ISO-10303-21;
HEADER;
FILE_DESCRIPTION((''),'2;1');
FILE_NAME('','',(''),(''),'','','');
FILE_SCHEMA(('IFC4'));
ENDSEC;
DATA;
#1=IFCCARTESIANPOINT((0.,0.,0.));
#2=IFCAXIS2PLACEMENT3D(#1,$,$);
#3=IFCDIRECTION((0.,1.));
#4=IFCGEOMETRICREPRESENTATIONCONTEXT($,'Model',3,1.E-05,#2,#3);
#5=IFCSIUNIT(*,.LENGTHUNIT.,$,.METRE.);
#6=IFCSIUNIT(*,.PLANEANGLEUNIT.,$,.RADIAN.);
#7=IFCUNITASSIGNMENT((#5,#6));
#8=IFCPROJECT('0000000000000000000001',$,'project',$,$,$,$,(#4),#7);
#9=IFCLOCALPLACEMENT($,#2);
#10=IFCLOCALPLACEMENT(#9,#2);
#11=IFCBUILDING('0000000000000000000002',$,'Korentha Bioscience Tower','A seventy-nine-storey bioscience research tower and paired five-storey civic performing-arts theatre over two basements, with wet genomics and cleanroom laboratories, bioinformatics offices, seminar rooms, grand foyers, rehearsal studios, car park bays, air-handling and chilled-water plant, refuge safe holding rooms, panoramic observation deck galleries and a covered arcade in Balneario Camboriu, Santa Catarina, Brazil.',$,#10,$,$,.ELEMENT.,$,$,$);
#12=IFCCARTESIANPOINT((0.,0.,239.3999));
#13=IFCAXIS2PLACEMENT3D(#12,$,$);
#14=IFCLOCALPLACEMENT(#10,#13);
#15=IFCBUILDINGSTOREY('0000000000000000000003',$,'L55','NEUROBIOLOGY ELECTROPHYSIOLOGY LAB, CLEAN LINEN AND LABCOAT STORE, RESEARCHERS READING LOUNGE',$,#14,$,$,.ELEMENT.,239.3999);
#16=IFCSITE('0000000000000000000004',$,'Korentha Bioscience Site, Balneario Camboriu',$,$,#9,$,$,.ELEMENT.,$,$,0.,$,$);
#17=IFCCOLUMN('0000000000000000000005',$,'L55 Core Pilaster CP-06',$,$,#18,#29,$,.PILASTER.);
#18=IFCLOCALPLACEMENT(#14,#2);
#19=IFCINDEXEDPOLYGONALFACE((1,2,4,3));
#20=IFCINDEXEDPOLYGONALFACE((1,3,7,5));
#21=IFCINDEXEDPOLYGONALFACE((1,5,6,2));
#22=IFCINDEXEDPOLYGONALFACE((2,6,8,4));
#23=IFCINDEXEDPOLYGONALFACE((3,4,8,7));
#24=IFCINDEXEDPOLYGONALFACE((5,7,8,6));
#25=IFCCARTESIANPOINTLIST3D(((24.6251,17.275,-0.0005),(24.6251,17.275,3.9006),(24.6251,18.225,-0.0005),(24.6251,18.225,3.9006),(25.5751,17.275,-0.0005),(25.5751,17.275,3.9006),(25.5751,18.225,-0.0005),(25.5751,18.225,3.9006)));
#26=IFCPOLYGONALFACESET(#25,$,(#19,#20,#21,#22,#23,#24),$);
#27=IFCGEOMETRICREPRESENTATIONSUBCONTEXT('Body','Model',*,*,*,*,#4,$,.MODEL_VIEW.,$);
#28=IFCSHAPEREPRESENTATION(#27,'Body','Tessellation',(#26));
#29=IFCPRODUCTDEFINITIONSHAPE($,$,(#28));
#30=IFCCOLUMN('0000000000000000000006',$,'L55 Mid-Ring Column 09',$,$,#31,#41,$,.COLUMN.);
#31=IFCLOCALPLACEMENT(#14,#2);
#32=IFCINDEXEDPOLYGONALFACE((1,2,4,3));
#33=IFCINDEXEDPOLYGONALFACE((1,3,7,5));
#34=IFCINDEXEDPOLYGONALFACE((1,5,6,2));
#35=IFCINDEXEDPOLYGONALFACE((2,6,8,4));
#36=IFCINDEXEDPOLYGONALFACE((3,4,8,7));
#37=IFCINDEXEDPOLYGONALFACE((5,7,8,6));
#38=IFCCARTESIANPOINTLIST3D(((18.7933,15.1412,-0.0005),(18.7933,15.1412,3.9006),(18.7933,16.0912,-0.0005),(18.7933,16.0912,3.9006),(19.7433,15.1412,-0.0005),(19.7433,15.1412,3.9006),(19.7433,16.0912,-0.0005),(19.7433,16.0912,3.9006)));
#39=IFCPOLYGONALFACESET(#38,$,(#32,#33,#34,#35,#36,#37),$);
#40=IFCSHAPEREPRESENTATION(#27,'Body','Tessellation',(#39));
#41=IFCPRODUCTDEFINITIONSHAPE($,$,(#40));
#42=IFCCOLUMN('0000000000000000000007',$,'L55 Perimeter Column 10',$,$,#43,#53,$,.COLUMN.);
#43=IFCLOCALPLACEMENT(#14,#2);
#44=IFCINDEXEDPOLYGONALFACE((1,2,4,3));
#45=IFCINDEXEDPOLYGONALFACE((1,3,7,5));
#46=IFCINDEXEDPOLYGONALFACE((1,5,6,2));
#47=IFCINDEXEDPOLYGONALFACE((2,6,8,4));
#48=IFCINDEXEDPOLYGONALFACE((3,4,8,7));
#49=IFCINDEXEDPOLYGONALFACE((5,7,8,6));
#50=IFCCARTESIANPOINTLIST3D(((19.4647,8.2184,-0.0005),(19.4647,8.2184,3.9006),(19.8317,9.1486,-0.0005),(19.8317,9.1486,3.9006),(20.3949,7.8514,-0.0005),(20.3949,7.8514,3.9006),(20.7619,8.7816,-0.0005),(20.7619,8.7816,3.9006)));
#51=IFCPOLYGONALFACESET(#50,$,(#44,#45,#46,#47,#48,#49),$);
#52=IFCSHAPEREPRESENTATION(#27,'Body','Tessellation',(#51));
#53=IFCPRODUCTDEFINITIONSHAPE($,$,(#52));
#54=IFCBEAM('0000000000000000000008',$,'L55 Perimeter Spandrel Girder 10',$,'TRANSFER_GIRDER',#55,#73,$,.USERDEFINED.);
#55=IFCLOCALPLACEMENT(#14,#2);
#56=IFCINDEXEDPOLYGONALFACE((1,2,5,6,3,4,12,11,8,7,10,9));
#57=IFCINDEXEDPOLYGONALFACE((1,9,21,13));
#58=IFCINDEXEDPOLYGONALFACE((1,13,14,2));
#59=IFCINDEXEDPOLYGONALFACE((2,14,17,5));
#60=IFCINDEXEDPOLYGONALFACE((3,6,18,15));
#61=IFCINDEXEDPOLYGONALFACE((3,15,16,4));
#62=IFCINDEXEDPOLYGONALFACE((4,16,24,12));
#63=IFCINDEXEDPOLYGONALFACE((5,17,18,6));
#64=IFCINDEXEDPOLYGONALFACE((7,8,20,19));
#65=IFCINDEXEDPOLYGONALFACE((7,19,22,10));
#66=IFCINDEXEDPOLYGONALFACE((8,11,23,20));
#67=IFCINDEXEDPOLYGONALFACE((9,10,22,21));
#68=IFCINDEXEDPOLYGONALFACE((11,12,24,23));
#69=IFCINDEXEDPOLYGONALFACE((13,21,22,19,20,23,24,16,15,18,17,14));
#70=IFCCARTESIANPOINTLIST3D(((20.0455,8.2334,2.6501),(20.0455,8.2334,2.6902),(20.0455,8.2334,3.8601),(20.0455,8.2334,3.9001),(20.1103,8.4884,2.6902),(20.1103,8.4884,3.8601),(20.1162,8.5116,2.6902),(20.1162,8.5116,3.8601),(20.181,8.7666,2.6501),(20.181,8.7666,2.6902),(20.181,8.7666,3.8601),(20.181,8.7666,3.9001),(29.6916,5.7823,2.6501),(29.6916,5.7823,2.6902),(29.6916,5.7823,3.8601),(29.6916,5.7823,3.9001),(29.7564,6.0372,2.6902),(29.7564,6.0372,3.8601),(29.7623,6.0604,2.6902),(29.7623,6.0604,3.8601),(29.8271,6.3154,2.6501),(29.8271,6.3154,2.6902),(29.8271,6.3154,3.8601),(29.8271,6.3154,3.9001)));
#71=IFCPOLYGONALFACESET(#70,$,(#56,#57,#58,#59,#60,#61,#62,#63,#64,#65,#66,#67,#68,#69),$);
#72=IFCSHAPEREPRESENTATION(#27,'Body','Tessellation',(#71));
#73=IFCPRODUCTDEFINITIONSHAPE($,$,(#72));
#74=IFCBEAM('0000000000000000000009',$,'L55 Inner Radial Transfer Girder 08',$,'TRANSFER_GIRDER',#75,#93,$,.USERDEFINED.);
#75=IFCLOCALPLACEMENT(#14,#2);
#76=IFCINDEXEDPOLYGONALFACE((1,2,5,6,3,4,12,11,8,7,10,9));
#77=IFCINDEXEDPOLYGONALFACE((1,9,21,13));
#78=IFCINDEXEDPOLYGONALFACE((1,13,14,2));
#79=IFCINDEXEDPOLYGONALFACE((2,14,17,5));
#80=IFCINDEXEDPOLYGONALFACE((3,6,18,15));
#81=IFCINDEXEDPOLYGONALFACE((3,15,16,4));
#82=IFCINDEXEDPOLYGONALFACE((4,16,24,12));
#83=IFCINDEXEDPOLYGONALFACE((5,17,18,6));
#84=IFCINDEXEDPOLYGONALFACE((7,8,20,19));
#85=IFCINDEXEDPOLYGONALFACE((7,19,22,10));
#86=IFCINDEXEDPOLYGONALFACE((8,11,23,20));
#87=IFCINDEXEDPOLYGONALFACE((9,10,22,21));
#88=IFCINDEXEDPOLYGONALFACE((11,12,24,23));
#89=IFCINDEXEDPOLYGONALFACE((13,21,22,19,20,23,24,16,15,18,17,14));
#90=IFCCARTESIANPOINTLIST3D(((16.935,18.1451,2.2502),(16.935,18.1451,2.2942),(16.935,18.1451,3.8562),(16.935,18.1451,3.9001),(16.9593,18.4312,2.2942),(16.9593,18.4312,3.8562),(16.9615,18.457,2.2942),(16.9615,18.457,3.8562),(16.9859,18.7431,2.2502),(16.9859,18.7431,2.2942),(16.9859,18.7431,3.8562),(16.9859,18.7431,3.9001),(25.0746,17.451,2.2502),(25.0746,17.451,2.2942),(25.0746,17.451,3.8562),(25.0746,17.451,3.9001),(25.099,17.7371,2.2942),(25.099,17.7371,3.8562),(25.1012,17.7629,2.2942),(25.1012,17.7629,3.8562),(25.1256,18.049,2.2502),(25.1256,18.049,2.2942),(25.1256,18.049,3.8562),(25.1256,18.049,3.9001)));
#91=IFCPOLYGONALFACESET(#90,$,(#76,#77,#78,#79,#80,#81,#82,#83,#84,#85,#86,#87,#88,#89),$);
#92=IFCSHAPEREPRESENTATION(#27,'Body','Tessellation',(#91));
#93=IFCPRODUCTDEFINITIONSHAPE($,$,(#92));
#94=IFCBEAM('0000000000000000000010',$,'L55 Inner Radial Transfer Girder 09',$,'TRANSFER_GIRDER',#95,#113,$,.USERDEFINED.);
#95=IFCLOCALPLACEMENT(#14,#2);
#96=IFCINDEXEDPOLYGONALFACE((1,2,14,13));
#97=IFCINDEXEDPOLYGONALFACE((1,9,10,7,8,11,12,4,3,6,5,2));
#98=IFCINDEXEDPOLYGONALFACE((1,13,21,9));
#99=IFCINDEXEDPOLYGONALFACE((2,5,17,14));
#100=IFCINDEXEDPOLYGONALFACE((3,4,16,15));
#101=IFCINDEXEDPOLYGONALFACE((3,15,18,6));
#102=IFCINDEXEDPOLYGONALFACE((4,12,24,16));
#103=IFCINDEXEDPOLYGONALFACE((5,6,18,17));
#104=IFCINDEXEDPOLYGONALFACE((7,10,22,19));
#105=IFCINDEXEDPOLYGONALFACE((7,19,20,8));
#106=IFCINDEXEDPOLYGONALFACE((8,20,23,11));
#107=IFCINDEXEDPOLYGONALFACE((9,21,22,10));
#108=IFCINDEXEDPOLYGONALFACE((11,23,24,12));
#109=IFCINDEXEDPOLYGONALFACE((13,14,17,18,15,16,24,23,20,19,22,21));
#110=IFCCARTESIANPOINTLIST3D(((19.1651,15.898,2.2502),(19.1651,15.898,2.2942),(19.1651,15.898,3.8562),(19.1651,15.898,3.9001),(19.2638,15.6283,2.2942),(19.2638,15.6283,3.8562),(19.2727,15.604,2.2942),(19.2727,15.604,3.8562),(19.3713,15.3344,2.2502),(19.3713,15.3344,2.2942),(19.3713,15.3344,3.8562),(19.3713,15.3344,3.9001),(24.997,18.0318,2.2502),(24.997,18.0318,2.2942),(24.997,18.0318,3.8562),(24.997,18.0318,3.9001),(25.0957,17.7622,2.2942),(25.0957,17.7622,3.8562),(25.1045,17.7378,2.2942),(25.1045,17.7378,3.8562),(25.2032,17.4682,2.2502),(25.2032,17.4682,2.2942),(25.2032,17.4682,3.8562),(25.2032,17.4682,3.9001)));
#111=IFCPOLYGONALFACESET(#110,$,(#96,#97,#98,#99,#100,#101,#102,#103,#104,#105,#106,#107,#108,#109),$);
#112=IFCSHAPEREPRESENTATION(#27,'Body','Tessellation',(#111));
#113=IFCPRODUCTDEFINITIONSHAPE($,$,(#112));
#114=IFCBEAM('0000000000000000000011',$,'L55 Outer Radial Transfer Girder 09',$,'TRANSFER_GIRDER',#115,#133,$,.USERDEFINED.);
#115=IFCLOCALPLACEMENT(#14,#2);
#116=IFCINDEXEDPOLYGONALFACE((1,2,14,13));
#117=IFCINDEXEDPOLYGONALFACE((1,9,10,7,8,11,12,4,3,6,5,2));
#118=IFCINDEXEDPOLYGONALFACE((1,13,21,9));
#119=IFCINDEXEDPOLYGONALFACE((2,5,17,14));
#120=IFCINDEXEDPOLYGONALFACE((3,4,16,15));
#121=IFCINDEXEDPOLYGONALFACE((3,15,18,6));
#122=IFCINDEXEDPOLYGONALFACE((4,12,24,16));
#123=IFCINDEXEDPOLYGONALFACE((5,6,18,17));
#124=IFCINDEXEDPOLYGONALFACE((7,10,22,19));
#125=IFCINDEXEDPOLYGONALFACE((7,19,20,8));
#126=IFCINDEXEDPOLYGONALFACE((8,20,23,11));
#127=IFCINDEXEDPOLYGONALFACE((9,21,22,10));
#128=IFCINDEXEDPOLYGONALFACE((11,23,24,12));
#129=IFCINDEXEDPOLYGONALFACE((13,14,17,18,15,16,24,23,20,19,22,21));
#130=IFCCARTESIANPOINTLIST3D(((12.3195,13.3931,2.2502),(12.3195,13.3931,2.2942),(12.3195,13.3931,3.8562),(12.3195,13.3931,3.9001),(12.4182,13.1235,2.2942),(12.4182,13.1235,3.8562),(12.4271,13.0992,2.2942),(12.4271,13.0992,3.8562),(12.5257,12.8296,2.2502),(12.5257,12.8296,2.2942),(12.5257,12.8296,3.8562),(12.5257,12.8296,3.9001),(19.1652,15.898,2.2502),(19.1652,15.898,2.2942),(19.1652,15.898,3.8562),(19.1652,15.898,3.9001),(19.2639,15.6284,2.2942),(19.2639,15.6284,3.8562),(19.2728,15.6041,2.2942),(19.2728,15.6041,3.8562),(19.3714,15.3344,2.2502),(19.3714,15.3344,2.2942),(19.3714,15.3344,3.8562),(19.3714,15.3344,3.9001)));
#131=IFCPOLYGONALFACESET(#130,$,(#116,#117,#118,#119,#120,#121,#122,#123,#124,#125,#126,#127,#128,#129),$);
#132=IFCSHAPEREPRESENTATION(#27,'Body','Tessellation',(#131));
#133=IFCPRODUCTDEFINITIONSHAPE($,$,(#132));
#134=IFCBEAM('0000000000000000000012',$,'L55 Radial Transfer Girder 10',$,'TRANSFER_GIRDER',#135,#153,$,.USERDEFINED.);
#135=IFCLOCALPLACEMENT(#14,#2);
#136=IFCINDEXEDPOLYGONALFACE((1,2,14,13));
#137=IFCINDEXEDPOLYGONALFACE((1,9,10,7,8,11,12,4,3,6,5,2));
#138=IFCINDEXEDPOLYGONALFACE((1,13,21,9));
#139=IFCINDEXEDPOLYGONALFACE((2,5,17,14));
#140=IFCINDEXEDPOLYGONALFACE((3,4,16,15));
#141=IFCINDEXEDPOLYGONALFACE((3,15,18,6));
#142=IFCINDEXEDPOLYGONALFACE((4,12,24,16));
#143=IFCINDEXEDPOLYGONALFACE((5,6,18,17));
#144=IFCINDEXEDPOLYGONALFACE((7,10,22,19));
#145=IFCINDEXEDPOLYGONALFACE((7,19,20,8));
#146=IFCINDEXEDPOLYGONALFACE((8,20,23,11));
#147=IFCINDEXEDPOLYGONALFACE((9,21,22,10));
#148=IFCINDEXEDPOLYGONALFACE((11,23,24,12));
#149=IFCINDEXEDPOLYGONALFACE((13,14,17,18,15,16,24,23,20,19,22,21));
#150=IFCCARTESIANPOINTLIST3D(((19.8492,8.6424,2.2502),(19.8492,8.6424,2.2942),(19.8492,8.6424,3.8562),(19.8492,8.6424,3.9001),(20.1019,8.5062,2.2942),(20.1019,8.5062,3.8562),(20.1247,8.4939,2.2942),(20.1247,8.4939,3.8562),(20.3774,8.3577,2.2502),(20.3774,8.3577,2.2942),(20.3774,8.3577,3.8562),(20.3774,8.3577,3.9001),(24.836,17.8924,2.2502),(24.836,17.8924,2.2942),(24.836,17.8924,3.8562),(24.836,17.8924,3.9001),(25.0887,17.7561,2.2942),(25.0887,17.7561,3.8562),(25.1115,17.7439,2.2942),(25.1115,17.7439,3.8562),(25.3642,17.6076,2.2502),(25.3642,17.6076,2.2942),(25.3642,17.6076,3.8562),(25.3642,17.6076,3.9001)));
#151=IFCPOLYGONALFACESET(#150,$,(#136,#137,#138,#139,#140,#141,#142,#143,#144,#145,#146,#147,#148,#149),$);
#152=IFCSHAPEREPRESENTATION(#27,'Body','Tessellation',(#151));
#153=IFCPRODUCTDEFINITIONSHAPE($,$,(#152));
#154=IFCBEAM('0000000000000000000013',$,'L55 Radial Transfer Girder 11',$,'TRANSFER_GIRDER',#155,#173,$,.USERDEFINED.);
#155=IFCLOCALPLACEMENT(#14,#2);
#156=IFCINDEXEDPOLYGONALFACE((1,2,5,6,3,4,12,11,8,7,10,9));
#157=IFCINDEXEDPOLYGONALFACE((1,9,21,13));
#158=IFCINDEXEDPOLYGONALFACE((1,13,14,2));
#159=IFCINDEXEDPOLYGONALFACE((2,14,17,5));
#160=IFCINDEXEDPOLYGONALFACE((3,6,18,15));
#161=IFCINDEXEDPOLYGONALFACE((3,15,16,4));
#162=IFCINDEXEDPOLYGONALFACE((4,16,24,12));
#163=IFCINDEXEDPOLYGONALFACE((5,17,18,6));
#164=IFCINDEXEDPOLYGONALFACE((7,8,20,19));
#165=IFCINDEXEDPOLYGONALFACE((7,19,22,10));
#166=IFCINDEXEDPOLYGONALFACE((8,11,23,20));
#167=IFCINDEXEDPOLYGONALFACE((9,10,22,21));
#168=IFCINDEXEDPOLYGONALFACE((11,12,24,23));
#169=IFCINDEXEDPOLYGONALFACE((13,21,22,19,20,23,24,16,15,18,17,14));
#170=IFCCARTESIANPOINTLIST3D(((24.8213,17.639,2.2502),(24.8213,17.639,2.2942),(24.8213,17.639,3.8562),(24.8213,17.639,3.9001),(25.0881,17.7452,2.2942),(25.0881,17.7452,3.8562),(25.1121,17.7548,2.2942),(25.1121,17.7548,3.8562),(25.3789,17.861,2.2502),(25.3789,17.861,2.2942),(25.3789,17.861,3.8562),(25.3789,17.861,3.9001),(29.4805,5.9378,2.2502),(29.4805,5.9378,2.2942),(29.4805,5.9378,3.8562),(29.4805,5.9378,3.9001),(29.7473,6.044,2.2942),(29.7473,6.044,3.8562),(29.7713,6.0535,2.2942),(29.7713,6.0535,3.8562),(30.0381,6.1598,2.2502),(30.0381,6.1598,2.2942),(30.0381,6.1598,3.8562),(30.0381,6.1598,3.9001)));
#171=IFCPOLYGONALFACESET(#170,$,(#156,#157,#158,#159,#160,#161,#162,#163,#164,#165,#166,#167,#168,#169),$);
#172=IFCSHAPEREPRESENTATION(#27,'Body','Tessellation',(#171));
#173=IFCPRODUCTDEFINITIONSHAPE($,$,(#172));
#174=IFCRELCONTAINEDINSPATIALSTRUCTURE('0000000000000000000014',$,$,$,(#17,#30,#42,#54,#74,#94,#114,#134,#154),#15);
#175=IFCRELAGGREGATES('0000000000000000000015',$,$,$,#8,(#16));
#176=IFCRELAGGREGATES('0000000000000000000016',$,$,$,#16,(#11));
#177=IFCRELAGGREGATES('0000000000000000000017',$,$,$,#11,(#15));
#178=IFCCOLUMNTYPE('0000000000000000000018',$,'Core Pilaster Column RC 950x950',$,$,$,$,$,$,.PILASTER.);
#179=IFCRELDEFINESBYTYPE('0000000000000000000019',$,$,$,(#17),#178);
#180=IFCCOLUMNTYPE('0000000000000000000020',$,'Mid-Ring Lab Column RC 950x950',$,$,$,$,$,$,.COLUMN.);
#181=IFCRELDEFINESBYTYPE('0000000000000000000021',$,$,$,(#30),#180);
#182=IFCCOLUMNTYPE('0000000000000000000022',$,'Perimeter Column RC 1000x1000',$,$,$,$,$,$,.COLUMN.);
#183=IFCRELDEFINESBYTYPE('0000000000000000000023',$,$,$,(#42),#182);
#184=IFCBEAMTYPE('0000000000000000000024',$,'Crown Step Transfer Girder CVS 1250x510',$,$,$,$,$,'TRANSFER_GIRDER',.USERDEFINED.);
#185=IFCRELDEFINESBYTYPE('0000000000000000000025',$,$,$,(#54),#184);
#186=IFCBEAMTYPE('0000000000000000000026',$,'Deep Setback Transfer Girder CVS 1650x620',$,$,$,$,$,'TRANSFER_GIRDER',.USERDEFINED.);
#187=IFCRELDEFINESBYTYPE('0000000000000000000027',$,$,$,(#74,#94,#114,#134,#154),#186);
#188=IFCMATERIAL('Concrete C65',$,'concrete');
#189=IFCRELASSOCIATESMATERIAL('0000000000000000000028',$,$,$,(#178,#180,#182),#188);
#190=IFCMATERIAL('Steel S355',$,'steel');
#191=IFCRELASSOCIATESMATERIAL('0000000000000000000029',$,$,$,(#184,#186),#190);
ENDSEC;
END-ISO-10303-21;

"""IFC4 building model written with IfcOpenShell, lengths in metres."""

from ifc_helpers import new_model, si_unit, direction, frame, origin, origin_2d, place, context, subcontext, project, spatial, rectangle, i_section, extrude, material, material_profile, profile_set, type_object, element, save


model = new_model("IFC4")

# Units and contexts
model_context = context("Model", 3, precision=1e-05, world=origin(), true_north=direction((0.0, 1.0)))
body_context = subcontext(model_context, "Body", "Model", "MODEL_VIEW")
ifc_project = project(units=[si_unit("LENGTHUNIT", "METRE"), si_unit("PLANEANGLEUNIT", "RADIAN")], contexts=[model_context])

# Site, building, storey
site_placement = place(None, origin())
site = spatial("IfcSite", under=ifc_project, at=site_placement, Name="Korentha Bioscience Site, Balneario Camboriu", CompositionType="ELEMENT", RefElevation=0.0)
building_placement = place(site_placement, origin())
building = spatial("IfcBuilding", under=site, at=building_placement, Name="Korentha Bioscience Tower", Description="A seventy-nine-storey bioscience research tower and paired five-storey civic performing-arts theatre over two basements, with wet genomics and cleanroom laboratories, bioinformatics offices, seminar rooms, grand foyers, rehearsal studios, car park bays, air-handling and chilled-water plant, refuge safe holding rooms, panoramic observation deck galleries and a covered arcade in Balneario Camboriu, Santa Catarina, Brazil.", CompositionType="ELEMENT")
storey_placement = place(building_placement, frame((0.0, 0.0, 239.3999)))
storey = spatial("IfcBuildingStorey", under=building, at=storey_placement, Name="L55", Description="NEUROBIOLOGY ELECTROPHYSIOLOGY LAB, CLEAN LINEN AND LABCOAT STORE, RESEARCHERS READING LOUNGE", CompositionType="ELEMENT", Elevation=239.3999)

# Columns
ifc_material_1 = material(Name="Concrete C65", Category="concrete")
ifc_material_profile_1 = material_profile(ifc_material_1, rectangle(XDim=0.95, YDim=0.95, at=origin_2d()), Name="Concrete C65")
ifc_profile_set_1 = profile_set([ifc_material_profile_1], Name="Concrete C65 (COL-CP09)")
column_type_1 = type_object("IfcColumnType", Name="Core Pilaster Column RC 950x950", PredefinedType="PILASTER", material=ifc_profile_set_1)
column_1_placement = place(storey_placement, frame((25.1001, 17.75, -0.0005), z_axis=(0.0, 0.0, 1.0), x_axis=(1.0, 0.0, 0.0)))
element("IfcColumn", 1, at=column_1_placement, inside=storey, type_object=column_type_1, Name="L55 Core Pilaster CP-06", PredefinedType="PILASTER", context=body_context, shape_type="SweptSolid", body=[
    extrude(rectangle(XDim=0.95, YDim=0.95, at=origin_2d()), origin(), (0.0, 0.0, 1.0), 3.9011),
])
ifc_material_profile_2 = material_profile(ifc_material_1, rectangle(XDim=0.95, YDim=0.95, at=origin_2d()), Name="Concrete C65")
ifc_profile_set_2 = profile_set([ifc_material_profile_2], Name="Concrete C65 (COL-MR09)")
column_type_2 = type_object("IfcColumnType", Name="Mid-Ring Lab Column RC 950x950", PredefinedType="COLUMN", material=ifc_profile_set_2)
column_2_placement = place(storey_placement, frame((19.2683, 15.6162, -0.0005), z_axis=(0.0, 0.0, 1.0), x_axis=(1.0, 0.0, 0.0)))
element("IfcColumn", 2, at=column_2_placement, inside=storey, type_object=column_type_2, Name="L55 Mid-Ring Column 09", PredefinedType="COLUMN", context=body_context, shape_type="SweptSolid", body=[
    extrude(rectangle(XDim=0.95, YDim=0.95, at=origin_2d()), origin(), (0.0, 0.0, 1.0), 3.9011),
])
ifc_material_profile_3 = material_profile(ifc_material_1, rectangle(XDim=1.0, YDim=1.0, at=origin_2d()), Name="Concrete C65")
ifc_profile_set_3 = profile_set([ifc_material_profile_3], Name="Concrete C65 (COL-P10)")
column_type_3 = type_object("IfcColumnType", Name="Perimeter Column RC 1000x1000", PredefinedType="COLUMN", material=ifc_profile_set_3)
column_3_placement = place(storey_placement, frame((20.1133, 8.5, -0.0005), z_axis=(0.0, 0.0, 1.0), x_axis=(-0.930226, 0.366988, 0.0)))
element("IfcColumn", 3, at=column_3_placement, inside=storey, type_object=column_type_3, Name="L55 Perimeter Column 10", PredefinedType="COLUMN", context=body_context, shape_type="SweptSolid", body=[
    extrude(rectangle(XDim=1.0, YDim=1.0, at=origin_2d()), origin(), (0.0, 0.0, 1.0), 3.9011),
])

# Beams
ifc_material_2 = material(Name="Steel S355", Category="steel")
ifc_material_profile_4 = material_profile(ifc_material_2, i_section(OverallWidth=0.55, OverallDepth=1.25, WebThickness=0.0239, FlangeThickness=0.04, at=origin_2d()), Name="Steel S355")
ifc_profile_set_4 = profile_set([ifc_material_profile_4], Name="Steel S355 (TG-03)")
beam_type_1 = type_object("IfcBeamType", Name="Crown Step Transfer Girder CVS 1250x510", ElementType="TRANSFER_GIRDER", PredefinedType="USERDEFINED", material=ifc_profile_set_4)
beam_1_placement = place(storey_placement, frame((20.1133, 8.5, 3.2751), z_axis=(0.969197, -0.246286, 0.0), x_axis=(0.246286, 0.969197, 0.0)))
element("IfcBeam", 4, at=beam_1_placement, inside=storey, type_object=beam_type_1, Name="L55 Perimeter Spandrel Girder 10", ObjectType="TRANSFER_GIRDER", PredefinedType="USERDEFINED", context=body_context, shape_type="SweptSolid", body=[
    extrude(i_section(OverallWidth=0.55, OverallDepth=1.25, WebThickness=0.0239, FlangeThickness=0.04, at=origin_2d()), origin(), (0.0, 0.0, 1.0), 9.9526),
])
ifc_material_profile_5 = material_profile(ifc_material_2, i_section(OverallWidth=0.6001, OverallDepth=1.6499, WebThickness=0.0259, FlangeThickness=0.0439, at=origin_2d()), Name="Steel S355")
ifc_profile_set_5 = profile_set([ifc_material_profile_5], Name="Steel S355 (TG-04)")
beam_type_2 = type_object("IfcBeamType", Name="Deep Setback Transfer Girder CVS 1650x620", ElementType="TRANSFER_GIRDER", PredefinedType="USERDEFINED", material=ifc_profile_set_5)
beam_2_placement = place(storey_placement, frame((25.1001, 17.75, 3.0752), z_axis=(-0.996384, 0.084965, 0.0), x_axis=(-0.084965, -0.996384, 0.0)))
element("IfcBeam", 5, at=beam_2_placement, inside=storey, type_object=beam_type_2, Name="L55 Inner Radial Transfer Girder 08", ObjectType="TRANSFER_GIRDER", PredefinedType="USERDEFINED", context=body_context, shape_type="SweptSolid", body=[
    extrude(i_section(OverallWidth=0.6001, OverallDepth=1.6499, WebThickness=0.0259, FlangeThickness=0.0439, at=origin_2d()), origin(), (0.0, 0.0, 1.0), 8.1692),
])
beam_3_placement = place(storey_placement, frame((25.1001, 17.75, 3.0752), z_axis=(-0.939112, -0.343611, 0.0), x_axis=(0.343611, -0.939112, 0.0)))
element("IfcBeam", 6, at=beam_3_placement, inside=storey, type_object=beam_type_2, Name="L55 Inner Radial Transfer Girder 09", ObjectType="TRANSFER_GIRDER", PredefinedType="USERDEFINED", context=body_context, shape_type="SweptSolid", body=[
    extrude(i_section(OverallWidth=0.6001, OverallDepth=1.6499, WebThickness=0.0259, FlangeThickness=0.0439, at=origin_2d()), origin(), (0.0, 0.0, 1.0), 6.21),
])
beam_4_placement = place(storey_placement, frame((19.2683, 15.6162, 3.0752), z_axis=(-0.939107, -0.343625, 0.0), x_axis=(0.343625, -0.939107, 0.0)))
element("IfcBeam", 7, at=beam_4_placement, inside=storey, type_object=beam_type_2, Name="L55 Outer Radial Transfer Girder 09", ObjectType="TRANSFER_GIRDER", PredefinedType="USERDEFINED", context=body_context, shape_type="SweptSolid", body=[
    extrude(i_section(OverallWidth=0.6001, OverallDepth=1.6499, WebThickness=0.0259, FlangeThickness=0.0439, at=origin_2d()), origin(), (0.0, 0.0, 1.0), 7.2896),
])
beam_5_placement = place(storey_placement, frame((25.1001, 17.75, 3.0752), z_axis=(-0.474546, -0.880231, 0.0), x_axis=(0.880231, -0.474546, 0.0)))
element("IfcBeam", 8, at=beam_5_placement, inside=storey, type_object=beam_type_2, Name="L55 Radial Transfer Girder 10", ObjectType="TRANSFER_GIRDER", PredefinedType="USERDEFINED", context=body_context, shape_type="SweptSolid", body=[
    extrude(i_section(OverallWidth=0.6001, OverallDepth=1.6499, WebThickness=0.0259, FlangeThickness=0.0439, at=origin_2d()), origin(), (0.0, 0.0, 1.0), 10.5085),
])
beam_6_placement = place(storey_placement, frame((25.1001, 17.75, 3.0752), z_axis=(0.369933, -0.929058, 0.0), x_axis=(0.929058, 0.369933, 0.0)))
element("IfcBeam", 9, at=beam_6_placement, inside=storey, type_object=beam_type_2, Name="L55 Radial Transfer Girder 11", ObjectType="TRANSFER_GIRDER", PredefinedType="USERDEFINED", context=body_context, shape_type="SweptSolid", body=[
    extrude(i_section(OverallWidth=0.6001, OverallDepth=1.6499, WebThickness=0.0259, FlangeThickness=0.0439, at=origin_2d()), origin(), (0.0, 0.0, 1.0), 12.5947),
])

save(model, "model.ifc")
